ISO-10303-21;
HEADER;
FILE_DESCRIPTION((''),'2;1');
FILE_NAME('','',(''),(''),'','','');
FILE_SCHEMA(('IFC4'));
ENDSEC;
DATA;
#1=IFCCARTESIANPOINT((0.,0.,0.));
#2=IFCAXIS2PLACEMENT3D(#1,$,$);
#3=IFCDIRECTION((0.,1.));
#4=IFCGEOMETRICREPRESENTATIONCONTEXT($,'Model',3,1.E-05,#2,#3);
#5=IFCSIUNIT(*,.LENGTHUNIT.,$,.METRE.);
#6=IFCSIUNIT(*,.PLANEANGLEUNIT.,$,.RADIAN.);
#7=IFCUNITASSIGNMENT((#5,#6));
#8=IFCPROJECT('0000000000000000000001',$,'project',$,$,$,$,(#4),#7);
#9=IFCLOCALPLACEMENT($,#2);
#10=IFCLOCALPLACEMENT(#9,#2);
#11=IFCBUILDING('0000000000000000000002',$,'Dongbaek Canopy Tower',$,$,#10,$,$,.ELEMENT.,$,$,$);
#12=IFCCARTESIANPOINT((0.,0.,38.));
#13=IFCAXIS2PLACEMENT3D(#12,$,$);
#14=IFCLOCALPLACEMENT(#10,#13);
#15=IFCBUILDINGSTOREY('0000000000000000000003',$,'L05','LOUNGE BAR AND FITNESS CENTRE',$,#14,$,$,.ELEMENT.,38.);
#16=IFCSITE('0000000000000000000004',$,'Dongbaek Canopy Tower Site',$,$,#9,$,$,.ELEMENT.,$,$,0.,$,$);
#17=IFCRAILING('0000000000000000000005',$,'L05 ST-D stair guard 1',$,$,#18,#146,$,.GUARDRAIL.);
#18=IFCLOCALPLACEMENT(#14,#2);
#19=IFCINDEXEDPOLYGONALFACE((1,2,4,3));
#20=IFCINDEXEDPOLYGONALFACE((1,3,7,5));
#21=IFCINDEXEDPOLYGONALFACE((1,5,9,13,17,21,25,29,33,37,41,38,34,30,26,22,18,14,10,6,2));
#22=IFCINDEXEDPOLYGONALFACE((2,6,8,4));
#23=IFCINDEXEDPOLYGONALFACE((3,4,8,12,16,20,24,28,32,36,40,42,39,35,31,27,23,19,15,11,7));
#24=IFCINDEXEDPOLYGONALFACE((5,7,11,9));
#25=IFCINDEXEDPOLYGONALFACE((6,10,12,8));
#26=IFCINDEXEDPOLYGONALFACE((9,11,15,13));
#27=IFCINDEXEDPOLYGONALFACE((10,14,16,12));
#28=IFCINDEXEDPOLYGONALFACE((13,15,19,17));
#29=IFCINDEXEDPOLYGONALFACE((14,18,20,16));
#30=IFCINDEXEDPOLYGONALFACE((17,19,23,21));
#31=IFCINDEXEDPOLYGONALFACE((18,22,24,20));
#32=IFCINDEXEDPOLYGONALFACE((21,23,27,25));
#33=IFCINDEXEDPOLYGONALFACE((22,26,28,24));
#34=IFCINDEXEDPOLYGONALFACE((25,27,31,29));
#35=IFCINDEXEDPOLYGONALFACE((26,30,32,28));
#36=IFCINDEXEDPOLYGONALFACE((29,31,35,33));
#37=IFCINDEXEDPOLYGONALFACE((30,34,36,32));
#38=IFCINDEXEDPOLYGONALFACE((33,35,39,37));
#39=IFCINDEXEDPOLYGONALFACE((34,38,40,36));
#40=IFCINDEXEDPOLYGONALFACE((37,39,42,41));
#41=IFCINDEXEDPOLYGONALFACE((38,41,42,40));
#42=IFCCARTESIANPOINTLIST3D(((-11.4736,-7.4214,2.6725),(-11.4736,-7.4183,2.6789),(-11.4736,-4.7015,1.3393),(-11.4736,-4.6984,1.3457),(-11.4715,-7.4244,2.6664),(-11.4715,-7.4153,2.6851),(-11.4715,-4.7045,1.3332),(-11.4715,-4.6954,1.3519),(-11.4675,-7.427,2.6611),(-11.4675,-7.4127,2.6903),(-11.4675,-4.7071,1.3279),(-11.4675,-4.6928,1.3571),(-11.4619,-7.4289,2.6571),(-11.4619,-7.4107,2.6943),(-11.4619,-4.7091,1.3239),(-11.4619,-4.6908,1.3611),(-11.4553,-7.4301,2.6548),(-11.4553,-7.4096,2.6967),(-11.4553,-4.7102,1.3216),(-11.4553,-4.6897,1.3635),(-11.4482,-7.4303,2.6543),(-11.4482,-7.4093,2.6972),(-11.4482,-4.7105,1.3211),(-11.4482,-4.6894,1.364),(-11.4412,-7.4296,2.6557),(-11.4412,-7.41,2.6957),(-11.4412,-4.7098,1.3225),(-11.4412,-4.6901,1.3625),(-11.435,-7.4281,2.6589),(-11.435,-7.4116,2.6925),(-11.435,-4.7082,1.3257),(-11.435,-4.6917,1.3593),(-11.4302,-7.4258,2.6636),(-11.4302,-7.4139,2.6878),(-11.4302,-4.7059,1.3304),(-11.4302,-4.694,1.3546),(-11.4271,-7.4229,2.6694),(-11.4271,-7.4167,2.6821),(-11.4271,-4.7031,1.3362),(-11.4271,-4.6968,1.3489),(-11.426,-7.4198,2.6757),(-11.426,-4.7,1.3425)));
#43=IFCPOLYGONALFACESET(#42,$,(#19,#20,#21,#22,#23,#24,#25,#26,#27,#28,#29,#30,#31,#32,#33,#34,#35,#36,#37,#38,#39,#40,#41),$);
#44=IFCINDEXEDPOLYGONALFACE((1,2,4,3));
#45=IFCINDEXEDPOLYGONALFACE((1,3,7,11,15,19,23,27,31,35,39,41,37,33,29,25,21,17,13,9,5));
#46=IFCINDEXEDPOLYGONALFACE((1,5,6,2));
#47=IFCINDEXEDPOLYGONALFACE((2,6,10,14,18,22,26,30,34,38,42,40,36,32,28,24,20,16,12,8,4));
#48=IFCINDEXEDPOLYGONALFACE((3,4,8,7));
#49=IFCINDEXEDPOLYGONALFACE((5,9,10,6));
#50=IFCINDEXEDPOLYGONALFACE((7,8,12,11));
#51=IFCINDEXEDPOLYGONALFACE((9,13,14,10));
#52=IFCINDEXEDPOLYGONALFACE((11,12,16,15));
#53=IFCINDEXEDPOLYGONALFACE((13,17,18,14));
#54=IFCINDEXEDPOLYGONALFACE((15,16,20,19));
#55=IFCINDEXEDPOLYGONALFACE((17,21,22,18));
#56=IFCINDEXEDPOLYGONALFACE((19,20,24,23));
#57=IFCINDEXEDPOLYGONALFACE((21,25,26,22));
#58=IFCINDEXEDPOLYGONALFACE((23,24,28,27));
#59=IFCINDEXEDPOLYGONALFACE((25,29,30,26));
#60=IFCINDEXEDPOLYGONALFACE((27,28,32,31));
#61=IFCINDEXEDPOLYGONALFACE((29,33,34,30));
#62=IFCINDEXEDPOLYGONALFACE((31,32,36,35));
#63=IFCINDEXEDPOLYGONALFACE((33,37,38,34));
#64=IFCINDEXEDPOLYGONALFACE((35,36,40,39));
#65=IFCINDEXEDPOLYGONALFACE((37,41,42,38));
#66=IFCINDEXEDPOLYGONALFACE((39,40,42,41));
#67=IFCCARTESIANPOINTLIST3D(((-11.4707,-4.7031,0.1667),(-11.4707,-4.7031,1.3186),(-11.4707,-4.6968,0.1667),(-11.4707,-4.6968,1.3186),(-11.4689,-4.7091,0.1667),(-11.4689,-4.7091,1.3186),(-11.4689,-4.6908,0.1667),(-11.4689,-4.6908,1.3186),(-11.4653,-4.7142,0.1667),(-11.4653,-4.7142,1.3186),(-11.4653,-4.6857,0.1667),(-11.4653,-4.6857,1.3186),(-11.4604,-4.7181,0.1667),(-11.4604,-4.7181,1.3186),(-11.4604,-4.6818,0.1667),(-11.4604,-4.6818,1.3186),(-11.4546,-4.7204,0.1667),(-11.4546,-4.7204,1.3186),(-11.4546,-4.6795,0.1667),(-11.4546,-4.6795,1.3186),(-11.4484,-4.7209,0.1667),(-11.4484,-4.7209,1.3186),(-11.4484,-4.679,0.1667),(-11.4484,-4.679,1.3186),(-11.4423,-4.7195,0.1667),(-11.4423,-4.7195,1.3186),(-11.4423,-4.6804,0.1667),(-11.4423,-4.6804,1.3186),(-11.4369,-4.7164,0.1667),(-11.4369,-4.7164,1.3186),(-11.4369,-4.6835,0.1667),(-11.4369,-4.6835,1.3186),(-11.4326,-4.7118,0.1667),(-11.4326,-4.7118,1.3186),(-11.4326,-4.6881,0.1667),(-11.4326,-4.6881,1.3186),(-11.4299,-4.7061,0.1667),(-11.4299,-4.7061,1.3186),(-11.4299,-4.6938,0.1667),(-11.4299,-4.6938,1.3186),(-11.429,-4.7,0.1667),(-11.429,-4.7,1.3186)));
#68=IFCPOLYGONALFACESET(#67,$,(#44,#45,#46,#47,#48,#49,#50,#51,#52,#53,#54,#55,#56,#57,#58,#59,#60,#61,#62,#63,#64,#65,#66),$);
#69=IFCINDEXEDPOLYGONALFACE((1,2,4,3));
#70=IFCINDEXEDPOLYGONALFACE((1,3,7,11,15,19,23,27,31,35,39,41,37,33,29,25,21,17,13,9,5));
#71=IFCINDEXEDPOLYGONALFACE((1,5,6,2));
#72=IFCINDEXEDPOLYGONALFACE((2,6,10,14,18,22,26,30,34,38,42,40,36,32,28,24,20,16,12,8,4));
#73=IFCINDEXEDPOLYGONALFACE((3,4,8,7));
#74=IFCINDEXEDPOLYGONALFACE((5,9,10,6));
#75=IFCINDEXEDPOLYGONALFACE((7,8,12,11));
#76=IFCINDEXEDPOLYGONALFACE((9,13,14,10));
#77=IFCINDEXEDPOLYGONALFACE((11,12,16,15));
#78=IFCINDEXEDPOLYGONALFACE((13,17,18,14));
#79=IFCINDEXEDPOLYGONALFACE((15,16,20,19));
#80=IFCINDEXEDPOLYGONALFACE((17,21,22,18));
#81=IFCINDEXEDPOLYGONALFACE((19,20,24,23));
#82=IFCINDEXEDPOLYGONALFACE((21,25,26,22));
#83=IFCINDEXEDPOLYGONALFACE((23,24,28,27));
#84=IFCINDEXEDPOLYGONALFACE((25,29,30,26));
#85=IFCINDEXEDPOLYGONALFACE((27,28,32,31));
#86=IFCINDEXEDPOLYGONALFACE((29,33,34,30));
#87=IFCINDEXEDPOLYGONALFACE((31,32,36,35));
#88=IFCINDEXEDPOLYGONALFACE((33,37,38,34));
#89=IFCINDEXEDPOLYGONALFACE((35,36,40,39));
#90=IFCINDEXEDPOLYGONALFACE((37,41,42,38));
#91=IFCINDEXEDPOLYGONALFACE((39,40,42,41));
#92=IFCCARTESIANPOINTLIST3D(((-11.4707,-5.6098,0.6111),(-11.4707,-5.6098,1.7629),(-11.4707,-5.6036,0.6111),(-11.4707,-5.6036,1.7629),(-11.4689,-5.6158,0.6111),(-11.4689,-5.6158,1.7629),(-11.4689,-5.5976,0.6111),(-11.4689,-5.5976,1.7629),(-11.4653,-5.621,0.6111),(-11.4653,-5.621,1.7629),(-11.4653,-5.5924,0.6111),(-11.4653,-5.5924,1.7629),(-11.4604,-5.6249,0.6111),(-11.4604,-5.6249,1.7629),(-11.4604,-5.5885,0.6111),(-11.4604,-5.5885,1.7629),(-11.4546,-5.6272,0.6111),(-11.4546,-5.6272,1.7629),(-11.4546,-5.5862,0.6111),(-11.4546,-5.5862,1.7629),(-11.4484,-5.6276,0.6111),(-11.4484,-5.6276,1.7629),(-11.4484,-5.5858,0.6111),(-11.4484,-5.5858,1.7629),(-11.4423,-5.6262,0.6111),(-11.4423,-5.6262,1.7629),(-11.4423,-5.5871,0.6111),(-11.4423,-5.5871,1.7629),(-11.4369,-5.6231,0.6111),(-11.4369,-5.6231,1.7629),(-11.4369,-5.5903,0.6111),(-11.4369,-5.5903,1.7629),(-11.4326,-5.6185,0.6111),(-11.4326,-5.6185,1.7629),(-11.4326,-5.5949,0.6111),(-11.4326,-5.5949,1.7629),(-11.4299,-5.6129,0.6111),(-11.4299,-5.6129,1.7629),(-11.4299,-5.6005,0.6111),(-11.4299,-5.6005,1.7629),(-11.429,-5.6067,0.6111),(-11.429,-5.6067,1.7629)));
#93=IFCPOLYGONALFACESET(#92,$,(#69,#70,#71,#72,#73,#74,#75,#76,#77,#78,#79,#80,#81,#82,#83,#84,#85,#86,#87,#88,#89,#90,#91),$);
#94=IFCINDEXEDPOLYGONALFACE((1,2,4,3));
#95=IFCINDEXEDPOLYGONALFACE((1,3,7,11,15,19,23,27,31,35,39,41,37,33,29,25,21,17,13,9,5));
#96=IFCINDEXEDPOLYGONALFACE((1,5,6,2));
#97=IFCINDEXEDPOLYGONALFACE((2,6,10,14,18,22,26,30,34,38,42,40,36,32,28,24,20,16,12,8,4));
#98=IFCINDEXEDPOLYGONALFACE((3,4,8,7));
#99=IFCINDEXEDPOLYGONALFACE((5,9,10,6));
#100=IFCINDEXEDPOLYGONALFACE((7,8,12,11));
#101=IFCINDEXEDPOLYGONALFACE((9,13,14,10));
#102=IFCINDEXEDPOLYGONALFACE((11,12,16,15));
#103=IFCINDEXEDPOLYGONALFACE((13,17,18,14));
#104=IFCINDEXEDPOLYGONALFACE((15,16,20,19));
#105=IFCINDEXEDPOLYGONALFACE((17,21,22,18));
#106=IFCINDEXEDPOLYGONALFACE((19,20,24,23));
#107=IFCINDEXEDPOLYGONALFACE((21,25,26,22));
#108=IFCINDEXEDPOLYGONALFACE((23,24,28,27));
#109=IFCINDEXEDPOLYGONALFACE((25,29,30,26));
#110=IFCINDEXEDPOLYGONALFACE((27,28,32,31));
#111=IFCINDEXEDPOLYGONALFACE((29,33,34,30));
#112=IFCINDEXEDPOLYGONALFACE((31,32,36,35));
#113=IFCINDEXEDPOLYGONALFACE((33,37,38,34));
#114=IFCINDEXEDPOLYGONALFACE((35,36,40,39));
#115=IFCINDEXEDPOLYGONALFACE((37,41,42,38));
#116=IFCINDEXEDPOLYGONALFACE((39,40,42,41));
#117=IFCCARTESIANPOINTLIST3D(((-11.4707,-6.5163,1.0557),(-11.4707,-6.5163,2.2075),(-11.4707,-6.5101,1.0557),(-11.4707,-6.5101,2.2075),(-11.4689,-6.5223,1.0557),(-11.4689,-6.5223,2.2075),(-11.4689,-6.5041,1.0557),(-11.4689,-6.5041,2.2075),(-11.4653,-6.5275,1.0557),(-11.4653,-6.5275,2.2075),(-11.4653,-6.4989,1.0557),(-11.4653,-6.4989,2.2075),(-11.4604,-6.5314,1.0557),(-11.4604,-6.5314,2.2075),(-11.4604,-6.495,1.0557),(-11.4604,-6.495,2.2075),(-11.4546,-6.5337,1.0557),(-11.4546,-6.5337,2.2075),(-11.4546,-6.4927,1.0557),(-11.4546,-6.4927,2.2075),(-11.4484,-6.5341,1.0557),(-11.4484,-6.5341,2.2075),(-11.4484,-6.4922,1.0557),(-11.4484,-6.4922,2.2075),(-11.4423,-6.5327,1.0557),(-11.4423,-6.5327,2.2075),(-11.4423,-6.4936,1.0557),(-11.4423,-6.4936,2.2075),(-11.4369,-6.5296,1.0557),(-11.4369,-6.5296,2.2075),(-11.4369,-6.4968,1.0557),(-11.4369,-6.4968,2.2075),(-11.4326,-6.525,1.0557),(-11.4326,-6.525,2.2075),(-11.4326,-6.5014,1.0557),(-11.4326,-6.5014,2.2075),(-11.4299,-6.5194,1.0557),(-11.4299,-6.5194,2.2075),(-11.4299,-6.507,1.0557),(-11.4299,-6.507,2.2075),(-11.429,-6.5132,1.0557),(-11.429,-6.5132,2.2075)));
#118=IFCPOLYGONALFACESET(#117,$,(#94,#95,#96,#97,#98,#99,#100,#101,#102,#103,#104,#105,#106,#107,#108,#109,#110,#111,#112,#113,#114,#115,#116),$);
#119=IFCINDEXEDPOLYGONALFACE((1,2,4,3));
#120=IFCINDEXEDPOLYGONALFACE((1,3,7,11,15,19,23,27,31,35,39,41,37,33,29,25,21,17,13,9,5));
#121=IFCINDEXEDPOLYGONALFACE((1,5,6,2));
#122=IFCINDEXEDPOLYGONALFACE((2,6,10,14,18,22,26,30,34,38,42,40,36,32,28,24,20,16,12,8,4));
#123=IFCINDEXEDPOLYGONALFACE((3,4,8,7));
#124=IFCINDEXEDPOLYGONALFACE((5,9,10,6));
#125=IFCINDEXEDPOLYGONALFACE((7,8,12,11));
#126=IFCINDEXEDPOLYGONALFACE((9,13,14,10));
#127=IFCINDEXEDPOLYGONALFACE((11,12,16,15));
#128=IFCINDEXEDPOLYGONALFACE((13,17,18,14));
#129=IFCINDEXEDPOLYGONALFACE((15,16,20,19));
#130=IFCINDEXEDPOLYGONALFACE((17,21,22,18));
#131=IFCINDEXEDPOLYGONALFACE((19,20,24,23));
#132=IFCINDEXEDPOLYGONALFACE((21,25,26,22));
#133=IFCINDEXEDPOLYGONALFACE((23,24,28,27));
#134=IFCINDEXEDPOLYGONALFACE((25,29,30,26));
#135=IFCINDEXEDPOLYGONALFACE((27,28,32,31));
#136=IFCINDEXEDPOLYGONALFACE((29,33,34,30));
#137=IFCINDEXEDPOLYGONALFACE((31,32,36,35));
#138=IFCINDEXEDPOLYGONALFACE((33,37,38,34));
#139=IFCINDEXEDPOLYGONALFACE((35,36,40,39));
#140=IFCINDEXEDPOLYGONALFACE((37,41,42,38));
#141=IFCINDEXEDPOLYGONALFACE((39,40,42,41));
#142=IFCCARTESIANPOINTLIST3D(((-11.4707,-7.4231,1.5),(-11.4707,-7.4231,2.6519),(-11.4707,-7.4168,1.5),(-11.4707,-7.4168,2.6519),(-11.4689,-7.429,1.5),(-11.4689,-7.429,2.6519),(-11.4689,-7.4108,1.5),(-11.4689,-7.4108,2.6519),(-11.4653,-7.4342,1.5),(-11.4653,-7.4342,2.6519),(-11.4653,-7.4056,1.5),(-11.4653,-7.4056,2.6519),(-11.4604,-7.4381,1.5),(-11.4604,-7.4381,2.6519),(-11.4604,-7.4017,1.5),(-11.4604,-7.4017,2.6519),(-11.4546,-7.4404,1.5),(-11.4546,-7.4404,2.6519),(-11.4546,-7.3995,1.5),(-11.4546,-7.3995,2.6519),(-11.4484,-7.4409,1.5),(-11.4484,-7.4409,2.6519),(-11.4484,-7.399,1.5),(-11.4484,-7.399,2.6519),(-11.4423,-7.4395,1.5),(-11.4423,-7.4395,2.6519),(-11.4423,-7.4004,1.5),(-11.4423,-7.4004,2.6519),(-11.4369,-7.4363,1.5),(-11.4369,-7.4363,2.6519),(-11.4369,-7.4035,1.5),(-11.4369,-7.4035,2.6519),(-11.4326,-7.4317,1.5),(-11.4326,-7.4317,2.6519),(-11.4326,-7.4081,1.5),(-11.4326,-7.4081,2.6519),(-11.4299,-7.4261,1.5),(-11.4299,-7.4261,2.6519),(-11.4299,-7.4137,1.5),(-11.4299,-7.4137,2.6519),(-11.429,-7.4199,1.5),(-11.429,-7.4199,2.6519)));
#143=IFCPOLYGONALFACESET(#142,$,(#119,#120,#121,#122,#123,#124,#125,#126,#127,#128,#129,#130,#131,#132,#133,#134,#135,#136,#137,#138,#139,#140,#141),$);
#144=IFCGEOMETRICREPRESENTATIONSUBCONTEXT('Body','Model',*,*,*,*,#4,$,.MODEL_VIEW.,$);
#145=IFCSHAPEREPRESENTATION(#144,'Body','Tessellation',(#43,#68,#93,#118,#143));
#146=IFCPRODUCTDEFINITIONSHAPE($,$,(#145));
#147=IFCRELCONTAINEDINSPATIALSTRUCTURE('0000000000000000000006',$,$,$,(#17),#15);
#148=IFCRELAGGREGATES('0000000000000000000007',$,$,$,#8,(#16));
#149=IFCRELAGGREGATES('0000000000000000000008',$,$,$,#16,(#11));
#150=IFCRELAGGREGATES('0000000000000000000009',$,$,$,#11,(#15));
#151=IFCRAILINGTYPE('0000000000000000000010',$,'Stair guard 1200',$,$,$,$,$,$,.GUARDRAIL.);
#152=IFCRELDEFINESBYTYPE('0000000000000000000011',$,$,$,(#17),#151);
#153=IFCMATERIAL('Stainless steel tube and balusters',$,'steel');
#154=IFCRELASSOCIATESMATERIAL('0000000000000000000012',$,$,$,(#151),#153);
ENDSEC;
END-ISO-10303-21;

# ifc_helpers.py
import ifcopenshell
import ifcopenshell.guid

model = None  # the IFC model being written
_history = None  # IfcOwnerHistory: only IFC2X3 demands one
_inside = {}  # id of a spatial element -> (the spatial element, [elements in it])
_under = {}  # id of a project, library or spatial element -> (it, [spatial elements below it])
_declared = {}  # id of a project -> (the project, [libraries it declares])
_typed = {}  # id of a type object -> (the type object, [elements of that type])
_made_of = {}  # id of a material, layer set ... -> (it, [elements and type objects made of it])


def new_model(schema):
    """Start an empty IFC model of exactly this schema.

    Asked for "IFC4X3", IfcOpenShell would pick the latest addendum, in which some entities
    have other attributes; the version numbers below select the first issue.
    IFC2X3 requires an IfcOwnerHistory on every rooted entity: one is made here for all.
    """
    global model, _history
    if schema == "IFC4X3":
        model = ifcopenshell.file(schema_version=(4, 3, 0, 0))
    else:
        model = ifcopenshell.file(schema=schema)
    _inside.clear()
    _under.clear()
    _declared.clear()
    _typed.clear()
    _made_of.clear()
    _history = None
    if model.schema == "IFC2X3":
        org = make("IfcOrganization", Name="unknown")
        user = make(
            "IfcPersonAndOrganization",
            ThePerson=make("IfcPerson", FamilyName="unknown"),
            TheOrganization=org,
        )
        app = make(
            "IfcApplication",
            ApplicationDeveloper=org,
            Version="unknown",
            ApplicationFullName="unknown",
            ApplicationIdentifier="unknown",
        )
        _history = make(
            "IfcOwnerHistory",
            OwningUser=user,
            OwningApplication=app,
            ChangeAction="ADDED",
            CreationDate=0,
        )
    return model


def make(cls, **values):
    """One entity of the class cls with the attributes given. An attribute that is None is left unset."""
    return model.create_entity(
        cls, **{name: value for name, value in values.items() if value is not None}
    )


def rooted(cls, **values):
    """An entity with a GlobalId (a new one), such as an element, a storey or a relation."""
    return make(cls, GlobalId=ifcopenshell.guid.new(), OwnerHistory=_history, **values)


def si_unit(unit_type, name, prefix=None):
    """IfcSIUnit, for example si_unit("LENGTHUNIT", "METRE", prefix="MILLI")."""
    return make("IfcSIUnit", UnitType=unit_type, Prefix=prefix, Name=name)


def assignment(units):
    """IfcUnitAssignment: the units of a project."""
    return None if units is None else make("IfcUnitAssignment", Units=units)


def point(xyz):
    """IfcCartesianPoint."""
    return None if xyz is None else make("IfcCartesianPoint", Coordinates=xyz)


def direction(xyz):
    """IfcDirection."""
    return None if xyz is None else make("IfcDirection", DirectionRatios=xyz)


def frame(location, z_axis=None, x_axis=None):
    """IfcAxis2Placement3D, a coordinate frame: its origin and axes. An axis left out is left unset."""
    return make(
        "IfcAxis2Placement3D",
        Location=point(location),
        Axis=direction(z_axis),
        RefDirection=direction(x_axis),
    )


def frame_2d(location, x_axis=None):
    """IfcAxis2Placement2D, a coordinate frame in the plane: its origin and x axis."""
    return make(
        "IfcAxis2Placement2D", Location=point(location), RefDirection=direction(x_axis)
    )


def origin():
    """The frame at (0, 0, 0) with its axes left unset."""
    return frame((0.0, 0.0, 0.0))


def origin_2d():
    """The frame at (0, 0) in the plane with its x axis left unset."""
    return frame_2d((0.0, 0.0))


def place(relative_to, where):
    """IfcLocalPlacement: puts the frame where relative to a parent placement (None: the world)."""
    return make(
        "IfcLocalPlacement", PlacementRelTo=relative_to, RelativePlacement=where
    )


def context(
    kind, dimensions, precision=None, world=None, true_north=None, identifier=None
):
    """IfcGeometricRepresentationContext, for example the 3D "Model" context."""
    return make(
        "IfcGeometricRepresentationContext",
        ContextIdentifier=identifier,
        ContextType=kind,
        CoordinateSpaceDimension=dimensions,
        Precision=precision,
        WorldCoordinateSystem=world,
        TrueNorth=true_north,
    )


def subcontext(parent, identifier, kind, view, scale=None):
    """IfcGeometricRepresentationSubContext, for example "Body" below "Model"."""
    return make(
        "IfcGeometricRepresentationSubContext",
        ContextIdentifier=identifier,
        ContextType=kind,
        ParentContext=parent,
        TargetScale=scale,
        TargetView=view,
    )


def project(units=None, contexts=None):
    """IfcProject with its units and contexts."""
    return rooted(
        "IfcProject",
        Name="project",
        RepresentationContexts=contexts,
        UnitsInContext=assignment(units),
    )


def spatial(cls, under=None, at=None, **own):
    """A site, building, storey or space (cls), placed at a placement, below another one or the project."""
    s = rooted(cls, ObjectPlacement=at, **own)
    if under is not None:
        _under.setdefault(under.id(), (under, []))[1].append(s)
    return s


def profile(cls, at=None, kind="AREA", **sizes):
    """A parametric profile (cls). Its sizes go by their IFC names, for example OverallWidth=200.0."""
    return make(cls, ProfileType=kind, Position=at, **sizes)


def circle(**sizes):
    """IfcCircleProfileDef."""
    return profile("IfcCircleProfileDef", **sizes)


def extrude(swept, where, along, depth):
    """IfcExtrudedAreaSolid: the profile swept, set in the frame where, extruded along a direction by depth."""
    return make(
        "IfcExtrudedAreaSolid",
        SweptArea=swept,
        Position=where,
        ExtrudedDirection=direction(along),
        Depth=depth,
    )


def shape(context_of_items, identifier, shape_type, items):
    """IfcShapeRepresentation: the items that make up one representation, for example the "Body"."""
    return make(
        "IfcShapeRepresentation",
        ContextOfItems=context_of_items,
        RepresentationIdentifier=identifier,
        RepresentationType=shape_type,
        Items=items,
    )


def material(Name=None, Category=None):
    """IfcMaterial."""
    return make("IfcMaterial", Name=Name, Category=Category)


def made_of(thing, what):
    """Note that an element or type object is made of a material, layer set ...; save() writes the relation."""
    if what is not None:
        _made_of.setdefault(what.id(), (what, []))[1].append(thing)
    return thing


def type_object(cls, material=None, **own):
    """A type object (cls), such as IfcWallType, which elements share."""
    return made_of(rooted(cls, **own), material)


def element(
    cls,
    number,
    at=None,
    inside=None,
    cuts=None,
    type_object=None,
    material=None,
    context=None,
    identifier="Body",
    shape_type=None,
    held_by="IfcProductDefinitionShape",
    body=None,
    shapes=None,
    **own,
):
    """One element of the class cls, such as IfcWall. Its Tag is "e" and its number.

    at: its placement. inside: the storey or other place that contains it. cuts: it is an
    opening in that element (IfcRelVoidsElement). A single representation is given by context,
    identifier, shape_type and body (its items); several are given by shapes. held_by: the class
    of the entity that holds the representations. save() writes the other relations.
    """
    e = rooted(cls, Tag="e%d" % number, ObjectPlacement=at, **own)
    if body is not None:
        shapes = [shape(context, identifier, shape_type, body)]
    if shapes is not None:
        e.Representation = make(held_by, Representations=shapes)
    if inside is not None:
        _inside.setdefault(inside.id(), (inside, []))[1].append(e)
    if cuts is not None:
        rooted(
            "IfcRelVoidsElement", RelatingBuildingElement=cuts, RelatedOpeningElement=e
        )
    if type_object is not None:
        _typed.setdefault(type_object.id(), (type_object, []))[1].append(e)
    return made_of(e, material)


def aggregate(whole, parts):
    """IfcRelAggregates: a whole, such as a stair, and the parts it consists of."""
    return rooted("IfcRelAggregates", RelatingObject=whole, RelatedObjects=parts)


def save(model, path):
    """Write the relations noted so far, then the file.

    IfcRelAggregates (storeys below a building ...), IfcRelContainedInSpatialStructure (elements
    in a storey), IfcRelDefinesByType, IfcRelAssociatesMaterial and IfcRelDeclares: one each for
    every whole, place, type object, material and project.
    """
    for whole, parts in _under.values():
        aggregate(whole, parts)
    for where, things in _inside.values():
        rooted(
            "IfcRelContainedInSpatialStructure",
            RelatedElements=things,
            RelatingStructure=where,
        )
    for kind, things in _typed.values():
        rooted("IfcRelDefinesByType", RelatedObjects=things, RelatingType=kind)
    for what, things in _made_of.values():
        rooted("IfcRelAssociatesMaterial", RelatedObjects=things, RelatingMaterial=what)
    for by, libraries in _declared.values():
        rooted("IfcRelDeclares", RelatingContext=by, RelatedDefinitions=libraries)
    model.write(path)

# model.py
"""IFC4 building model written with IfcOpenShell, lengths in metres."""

from ifc_helpers import new_model, si_unit, direction, frame, origin, origin_2d, place, context, subcontext, project, spatial, circle, extrude, material, type_object, element, save


model = new_model("IFC4")

# Units and contexts
model_context = context("Model", 3, precision=1e-05, world=origin(), true_north=direction((0.0, 1.0)))
body_context = subcontext(model_context, "Body", "Model", "MODEL_VIEW")
ifc_project = project(units=[si_unit("LENGTHUNIT", "METRE"), si_unit("PLANEANGLEUNIT", "RADIAN")], contexts=[model_context])

# Site, building, storey
site_placement = place(None, origin())
site = spatial("IfcSite", under=ifc_project, at=site_placement, Name="Dongbaek Canopy Tower Site", CompositionType="ELEMENT", RefElevation=0.0)
building_placement = place(site_placement, origin())
building = spatial("IfcBuilding", under=site, at=building_placement, Name="Dongbaek Canopy Tower", CompositionType="ELEMENT")
storey_placement = place(building_placement, frame((0.0, 0.0, 38.0)))
storey = spatial("IfcBuildingStorey", under=building, at=storey_placement, Name="L05", Description="LOUNGE BAR AND FITNESS CENTRE", CompositionType="ELEMENT", Elevation=38.0)

# Railing
ifc_material_1 = material(Name="Stainless steel tube and balusters", Category="steel")
railing_type_1 = type_object("IfcRailingType", Name="Stair guard 1200", PredefinedType="GUARDRAIL", material=ifc_material_1)
railing_1_placement = place(storey_placement, frame((-11.45, -4.7, 0.1667)))
element("IfcRailing", 1, at=railing_1_placement, inside=storey, type_object=railing_type_1, Name="L05 ST-D stair guard 1", PredefinedType="GUARDRAIL", context=body_context, shape_type="SweptSolid", body=[
    extrude(circle(Radius=0.0239, at=origin_2d()), frame((0.0, 0.0, 1.1758), z_axis=(0.0, -0.897929, 0.440139), x_axis=(1.0, 0.0, 0.0)), (0.0, 0.0, 1.0), 3.0291),
    extrude(circle(Radius=0.021, at=origin_2d()), origin(), (0.0, 0.0, 1.0), 1.1519),
    extrude(circle(Radius=0.021, at=origin_2d()), frame((0.0, -0.9067, 0.4443)), (0.0, 0.0, 1.0), 1.1519),
    extrude(circle(Radius=0.021, at=origin_2d()), frame((0.0, -1.8132, 0.8889)), (0.0, 0.0, 1.0), 1.1519),
    extrude(circle(Radius=0.021, at=origin_2d()), frame((0.0, -2.72, 1.3333)), (0.0, 0.0, 1.0), 1.1519),
])

save(model, "model.ifc")
